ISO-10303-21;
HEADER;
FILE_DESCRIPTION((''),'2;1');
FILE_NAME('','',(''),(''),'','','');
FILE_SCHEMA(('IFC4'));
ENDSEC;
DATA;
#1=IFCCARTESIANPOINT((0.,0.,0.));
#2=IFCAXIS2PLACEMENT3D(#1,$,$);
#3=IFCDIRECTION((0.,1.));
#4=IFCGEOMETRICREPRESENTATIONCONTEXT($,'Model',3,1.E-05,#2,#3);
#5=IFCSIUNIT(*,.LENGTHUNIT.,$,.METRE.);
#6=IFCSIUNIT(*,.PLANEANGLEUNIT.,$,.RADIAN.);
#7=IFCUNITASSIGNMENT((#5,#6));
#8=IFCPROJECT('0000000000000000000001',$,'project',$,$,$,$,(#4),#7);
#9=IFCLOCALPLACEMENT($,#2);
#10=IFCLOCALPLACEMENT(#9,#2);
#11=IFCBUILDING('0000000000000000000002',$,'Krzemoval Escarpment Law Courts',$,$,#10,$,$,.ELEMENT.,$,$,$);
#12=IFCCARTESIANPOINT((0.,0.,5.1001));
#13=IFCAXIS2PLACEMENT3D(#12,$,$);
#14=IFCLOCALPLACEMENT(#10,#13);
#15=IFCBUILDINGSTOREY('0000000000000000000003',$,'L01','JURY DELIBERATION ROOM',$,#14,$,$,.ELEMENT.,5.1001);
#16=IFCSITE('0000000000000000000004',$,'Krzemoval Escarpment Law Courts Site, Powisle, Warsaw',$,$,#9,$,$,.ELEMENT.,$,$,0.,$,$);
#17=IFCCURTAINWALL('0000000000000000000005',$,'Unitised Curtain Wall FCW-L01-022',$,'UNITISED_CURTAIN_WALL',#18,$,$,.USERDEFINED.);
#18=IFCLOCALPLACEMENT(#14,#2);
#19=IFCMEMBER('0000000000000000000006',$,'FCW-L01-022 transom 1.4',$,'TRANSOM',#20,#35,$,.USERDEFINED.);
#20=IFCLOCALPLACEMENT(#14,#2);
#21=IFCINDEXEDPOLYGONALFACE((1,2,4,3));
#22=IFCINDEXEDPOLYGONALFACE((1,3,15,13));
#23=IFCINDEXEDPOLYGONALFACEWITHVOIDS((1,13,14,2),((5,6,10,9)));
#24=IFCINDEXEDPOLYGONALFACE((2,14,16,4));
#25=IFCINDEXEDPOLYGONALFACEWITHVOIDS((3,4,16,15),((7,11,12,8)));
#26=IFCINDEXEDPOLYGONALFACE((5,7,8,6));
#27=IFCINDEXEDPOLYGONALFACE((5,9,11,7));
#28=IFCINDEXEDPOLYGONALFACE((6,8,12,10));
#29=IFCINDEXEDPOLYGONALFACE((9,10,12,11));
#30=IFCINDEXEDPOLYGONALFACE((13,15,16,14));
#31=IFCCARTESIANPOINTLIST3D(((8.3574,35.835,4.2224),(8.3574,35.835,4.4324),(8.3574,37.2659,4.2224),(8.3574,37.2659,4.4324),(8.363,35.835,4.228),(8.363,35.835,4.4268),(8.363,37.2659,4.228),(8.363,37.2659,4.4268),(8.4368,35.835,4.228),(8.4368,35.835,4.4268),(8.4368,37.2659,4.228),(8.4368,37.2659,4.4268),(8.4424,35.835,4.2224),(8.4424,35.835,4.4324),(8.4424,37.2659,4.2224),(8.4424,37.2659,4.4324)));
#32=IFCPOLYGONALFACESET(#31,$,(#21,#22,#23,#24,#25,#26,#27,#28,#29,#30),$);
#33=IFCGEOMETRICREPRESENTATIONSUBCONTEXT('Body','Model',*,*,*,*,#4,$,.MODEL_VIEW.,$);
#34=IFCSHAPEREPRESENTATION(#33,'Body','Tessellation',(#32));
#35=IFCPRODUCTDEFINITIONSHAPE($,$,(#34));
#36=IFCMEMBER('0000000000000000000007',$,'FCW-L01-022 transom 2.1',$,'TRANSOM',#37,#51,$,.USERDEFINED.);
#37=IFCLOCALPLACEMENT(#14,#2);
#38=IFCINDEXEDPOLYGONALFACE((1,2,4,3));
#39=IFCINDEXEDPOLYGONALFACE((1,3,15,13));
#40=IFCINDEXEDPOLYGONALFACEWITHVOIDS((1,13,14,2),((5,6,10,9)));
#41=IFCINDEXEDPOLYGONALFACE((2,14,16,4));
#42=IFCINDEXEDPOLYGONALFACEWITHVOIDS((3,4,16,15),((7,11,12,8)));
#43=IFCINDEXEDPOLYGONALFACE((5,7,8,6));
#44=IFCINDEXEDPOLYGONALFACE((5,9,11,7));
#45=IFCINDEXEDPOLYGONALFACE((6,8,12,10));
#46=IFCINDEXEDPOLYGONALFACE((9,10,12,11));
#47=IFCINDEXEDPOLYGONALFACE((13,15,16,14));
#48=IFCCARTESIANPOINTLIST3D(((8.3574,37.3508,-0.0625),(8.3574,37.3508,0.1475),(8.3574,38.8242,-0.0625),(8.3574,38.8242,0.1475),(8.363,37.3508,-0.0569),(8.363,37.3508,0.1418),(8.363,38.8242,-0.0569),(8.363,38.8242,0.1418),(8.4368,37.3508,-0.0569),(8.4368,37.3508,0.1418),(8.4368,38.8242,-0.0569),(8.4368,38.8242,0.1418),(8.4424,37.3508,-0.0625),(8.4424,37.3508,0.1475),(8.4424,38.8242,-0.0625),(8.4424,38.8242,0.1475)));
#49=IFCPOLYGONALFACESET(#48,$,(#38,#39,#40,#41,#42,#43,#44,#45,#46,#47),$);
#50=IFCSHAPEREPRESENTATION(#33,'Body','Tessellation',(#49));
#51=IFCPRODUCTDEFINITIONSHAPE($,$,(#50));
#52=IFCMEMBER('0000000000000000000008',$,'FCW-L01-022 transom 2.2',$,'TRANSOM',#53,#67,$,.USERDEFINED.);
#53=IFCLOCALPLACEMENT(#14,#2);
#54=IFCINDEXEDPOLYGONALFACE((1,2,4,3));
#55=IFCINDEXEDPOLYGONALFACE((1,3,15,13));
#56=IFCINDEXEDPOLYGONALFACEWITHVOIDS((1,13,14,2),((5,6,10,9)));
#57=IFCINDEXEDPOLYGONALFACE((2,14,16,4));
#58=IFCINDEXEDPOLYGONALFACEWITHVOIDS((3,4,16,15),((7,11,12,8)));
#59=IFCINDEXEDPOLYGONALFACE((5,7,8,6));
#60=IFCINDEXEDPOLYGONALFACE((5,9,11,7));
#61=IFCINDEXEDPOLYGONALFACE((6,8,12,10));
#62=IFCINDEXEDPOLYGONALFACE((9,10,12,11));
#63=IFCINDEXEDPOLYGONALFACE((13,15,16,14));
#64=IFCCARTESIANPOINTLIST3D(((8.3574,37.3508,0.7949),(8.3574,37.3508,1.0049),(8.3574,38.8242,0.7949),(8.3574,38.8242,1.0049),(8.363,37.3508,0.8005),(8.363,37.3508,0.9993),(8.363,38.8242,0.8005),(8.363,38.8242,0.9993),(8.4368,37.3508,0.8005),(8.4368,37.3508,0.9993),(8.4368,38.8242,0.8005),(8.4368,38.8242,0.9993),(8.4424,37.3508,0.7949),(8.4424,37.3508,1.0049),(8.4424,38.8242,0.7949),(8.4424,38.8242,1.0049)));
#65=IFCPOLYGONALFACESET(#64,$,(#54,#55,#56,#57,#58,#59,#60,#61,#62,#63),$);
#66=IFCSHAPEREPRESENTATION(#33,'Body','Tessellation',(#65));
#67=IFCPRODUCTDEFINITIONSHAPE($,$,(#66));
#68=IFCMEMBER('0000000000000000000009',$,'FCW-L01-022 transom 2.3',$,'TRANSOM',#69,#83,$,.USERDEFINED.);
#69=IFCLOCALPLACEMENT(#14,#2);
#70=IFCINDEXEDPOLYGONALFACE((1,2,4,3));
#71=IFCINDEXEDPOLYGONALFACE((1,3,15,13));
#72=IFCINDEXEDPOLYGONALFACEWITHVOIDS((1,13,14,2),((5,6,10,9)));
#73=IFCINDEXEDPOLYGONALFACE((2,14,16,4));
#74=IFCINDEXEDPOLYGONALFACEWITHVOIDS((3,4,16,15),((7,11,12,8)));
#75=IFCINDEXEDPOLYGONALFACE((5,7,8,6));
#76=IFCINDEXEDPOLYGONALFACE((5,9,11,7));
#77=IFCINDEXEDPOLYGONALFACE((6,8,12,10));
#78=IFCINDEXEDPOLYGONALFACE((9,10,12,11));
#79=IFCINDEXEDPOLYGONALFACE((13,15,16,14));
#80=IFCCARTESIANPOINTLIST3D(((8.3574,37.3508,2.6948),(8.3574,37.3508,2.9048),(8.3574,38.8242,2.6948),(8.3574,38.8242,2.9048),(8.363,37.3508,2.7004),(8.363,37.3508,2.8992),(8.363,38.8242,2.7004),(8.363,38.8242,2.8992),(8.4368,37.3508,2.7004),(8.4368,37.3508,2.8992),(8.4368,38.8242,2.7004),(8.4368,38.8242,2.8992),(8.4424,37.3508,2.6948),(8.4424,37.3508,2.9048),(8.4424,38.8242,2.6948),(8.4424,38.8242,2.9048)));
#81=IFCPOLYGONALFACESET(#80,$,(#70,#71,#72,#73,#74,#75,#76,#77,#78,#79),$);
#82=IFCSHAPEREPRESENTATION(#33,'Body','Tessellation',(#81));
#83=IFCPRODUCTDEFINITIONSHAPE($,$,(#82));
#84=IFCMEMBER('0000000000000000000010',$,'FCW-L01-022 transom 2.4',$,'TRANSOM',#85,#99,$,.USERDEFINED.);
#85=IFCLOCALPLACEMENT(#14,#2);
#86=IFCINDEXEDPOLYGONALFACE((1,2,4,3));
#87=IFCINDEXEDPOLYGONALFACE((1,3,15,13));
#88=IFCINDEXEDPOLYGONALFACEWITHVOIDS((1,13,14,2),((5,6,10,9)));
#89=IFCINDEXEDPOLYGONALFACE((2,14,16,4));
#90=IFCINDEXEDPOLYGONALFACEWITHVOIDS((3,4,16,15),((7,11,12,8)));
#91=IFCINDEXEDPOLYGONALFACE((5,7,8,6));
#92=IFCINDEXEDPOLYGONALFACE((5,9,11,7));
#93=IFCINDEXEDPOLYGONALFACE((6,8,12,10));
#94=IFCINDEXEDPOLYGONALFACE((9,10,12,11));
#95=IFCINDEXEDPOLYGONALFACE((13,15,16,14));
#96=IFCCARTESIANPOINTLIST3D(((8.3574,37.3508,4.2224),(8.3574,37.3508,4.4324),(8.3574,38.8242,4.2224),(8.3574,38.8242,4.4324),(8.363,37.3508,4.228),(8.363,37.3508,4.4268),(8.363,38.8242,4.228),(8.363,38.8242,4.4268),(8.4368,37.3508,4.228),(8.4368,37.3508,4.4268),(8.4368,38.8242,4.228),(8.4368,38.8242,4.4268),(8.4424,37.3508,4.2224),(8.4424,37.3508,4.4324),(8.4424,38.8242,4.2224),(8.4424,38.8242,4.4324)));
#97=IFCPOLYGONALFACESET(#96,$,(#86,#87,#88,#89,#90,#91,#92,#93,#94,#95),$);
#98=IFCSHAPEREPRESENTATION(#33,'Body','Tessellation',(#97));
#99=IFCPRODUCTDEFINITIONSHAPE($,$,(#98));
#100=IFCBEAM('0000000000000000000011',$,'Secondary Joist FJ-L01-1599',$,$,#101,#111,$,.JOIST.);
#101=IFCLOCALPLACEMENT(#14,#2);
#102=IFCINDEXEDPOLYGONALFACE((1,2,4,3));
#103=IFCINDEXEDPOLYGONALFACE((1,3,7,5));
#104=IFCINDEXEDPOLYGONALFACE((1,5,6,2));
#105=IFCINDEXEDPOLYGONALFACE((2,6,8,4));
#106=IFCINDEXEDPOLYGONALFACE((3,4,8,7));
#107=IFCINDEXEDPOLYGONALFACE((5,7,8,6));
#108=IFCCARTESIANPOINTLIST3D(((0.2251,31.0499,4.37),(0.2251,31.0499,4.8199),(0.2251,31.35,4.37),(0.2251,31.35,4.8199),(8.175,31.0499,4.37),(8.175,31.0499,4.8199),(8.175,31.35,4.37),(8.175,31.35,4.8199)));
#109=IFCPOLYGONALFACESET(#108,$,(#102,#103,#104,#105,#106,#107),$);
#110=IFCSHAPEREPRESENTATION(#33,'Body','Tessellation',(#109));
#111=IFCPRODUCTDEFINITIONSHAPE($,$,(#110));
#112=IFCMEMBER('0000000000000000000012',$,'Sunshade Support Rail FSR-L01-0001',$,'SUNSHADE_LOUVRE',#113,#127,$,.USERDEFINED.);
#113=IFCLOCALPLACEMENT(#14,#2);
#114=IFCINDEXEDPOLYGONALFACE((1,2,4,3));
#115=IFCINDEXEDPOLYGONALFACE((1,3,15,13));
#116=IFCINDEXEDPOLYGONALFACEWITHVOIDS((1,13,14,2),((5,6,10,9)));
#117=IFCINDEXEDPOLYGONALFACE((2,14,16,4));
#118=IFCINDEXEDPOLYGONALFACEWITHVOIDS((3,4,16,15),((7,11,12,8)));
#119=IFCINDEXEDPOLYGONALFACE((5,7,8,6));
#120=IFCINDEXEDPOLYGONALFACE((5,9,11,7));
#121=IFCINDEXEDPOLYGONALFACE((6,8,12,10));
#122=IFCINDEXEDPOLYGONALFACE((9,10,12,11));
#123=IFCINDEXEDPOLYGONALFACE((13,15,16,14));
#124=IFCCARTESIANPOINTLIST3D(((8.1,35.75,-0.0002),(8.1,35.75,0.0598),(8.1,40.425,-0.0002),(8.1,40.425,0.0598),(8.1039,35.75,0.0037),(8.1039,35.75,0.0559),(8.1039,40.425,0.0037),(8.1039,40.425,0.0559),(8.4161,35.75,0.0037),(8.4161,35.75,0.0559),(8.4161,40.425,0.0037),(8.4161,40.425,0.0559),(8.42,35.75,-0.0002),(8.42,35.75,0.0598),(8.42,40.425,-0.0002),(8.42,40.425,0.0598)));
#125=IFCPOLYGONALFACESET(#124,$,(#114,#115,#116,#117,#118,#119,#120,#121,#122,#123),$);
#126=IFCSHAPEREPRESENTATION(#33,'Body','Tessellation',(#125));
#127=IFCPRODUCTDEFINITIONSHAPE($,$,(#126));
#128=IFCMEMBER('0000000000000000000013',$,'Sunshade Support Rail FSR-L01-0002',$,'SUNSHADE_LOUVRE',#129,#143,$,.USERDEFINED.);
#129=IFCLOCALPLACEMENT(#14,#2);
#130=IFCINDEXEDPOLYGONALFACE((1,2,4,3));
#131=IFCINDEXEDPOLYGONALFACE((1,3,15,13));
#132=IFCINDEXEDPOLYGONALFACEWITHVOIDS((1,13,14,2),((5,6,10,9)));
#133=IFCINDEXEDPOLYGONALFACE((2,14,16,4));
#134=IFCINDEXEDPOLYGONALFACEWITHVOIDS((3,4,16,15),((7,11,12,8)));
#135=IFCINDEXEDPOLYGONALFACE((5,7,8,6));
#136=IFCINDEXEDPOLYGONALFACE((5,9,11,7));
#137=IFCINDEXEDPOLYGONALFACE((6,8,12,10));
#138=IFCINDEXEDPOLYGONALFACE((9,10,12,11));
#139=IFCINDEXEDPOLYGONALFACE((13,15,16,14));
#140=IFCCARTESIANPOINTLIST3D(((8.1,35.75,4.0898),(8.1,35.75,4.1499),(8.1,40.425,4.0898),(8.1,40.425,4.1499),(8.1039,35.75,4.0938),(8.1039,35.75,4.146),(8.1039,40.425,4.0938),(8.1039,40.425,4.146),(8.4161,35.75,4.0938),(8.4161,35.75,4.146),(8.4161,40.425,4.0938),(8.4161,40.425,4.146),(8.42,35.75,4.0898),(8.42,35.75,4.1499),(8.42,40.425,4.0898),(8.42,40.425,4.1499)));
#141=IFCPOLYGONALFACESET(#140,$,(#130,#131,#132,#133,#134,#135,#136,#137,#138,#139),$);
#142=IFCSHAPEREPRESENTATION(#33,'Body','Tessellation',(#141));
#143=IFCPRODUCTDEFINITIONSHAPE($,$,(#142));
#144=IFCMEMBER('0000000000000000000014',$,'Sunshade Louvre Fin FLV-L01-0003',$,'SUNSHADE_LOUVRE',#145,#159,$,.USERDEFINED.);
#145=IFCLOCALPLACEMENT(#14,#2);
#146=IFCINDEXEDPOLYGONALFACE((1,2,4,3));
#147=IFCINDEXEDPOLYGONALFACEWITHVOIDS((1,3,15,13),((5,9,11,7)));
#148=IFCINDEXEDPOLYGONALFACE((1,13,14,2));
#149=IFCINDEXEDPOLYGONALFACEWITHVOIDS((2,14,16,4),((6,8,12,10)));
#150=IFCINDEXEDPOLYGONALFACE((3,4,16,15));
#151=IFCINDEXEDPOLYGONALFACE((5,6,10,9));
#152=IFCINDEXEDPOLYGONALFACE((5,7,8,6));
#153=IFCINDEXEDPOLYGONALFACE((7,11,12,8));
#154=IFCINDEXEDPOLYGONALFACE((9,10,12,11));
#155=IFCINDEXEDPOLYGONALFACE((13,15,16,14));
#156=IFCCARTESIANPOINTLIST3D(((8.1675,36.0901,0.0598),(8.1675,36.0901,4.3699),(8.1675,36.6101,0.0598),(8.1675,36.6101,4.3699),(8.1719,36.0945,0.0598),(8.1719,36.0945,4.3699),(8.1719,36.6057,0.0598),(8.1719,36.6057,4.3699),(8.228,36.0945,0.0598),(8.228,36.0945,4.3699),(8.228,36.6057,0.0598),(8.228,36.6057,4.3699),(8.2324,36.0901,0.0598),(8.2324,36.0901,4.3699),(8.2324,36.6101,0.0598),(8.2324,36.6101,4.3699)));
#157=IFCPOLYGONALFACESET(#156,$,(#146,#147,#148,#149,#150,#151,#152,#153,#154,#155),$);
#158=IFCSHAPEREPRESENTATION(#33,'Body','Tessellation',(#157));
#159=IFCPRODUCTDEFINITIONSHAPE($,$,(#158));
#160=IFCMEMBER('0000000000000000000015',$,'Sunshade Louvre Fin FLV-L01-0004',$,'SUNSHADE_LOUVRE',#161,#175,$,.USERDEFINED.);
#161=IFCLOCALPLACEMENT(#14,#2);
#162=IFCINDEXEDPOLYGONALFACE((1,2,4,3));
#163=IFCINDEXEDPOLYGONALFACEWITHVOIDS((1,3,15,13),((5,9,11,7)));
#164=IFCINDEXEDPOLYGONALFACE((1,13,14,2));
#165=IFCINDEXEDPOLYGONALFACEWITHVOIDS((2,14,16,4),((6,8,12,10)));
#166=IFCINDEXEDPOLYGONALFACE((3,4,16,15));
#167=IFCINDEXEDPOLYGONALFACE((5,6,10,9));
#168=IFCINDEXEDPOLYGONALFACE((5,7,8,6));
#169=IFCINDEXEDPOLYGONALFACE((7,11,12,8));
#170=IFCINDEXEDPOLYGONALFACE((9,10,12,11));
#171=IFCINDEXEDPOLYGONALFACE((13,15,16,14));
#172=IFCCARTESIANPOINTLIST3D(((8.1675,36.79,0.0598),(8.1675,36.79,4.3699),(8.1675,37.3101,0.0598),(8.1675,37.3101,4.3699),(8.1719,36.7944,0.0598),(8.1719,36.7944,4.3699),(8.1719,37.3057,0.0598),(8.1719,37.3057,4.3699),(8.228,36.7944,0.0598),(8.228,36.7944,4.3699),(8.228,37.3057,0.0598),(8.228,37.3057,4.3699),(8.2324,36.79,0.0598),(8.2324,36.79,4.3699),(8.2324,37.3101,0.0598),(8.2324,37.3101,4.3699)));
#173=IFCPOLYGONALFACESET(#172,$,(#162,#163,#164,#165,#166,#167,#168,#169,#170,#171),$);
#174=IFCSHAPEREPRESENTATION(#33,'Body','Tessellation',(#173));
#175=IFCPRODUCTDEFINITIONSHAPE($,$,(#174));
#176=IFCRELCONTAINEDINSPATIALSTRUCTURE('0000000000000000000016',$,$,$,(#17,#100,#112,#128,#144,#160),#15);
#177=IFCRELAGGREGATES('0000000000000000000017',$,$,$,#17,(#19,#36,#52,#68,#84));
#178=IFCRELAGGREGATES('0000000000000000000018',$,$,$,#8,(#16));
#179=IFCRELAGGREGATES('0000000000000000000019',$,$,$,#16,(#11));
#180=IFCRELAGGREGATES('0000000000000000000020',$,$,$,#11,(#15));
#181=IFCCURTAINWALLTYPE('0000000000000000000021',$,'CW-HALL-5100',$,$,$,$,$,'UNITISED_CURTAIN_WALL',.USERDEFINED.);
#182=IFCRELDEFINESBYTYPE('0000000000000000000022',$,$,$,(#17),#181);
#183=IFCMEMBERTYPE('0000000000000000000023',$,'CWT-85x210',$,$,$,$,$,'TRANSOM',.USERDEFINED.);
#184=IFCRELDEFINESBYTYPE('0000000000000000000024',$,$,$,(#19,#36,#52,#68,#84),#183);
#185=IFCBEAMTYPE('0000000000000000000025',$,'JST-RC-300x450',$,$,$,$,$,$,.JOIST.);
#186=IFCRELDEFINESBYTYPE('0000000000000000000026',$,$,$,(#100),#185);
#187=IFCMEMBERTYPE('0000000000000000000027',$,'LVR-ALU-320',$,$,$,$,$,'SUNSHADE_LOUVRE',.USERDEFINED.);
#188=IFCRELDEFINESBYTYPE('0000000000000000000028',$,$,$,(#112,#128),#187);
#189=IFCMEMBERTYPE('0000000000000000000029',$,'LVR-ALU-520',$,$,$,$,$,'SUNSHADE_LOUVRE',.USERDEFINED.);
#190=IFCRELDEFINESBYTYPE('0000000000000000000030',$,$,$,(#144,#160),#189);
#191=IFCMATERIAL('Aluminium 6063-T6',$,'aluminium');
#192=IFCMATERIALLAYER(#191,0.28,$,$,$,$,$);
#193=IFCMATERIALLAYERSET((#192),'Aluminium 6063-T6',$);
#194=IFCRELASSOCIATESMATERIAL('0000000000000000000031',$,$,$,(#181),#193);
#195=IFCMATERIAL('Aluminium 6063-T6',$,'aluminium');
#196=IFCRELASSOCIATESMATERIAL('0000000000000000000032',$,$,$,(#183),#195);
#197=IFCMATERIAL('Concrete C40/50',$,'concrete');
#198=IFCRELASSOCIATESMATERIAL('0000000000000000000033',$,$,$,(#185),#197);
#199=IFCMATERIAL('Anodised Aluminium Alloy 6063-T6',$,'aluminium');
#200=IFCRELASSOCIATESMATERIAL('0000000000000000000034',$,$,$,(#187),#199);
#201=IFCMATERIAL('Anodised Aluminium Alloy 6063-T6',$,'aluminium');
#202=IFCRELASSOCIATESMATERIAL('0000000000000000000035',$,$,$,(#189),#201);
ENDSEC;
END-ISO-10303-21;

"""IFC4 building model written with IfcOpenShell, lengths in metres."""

from ifc_helpers import new_model, si_unit, direction, frame, origin, origin_2d, place, context, subcontext, project, spatial, rectangle, hollow_rectangle, extrude, material, layer, layer_set, material_profile, profile_set, type_object, element, aggregate, save


model = new_model("IFC4")

# Units and contexts
model_context = context("Model", 3, precision=1e-05, world=origin(), true_north=direction((0.0, 1.0)))
body_context = subcontext(model_context, "Body", "Model", "MODEL_VIEW")
ifc_project = project(units=[si_unit("LENGTHUNIT", "METRE"), si_unit("PLANEANGLEUNIT", "RADIAN")], contexts=[model_context])

# Site, building, storey
site_placement = place(None, origin())
site = spatial("IfcSite", under=ifc_project, at=site_placement, Name="Krzemoval Escarpment Law Courts Site, Powisle, Warsaw", CompositionType="ELEMENT", RefElevation=0.0)
building_placement = place(site_placement, origin())
building = spatial("IfcBuilding", under=site, at=building_placement, Name="Krzemoval Escarpment Law Courts", CompositionType="ELEMENT")
storey_placement = place(building_placement, frame((0.0, 0.0, 5.1001)))
storey = spatial("IfcBuildingStorey", under=building, at=storey_placement, Name="L01", Description="JURY DELIBERATION ROOM", CompositionType="ELEMENT", Elevation=5.1001)

# Curtain wall, members
ifc_material_1 = material(Name="Aluminium 6063-T6", Category="aluminium")
ifc_layer_1 = layer(ifc_material_1, 0.28)
ifc_layer_set_1 = layer_set([ifc_layer_1], Name="Aluminium 6063-T6")
curtain_wall_type = type_object("IfcCurtainWallType", Name="CW-HALL-5100", ElementType="UNITISED_CURTAIN_WALL", PredefinedType="USERDEFINED", material=ifc_layer_set_1)
curtain_wall_placement = place(storey_placement, origin())
curtain_wall = element("IfcCurtainWall", 1, at=curtain_wall_placement, inside=storey, type_object=curtain_wall_type, Name="Unitised Curtain Wall FCW-L01-022", ObjectType="UNITISED_CURTAIN_WALL", PredefinedType="USERDEFINED")
ifc_material_2 = material(Name="Aluminium 6063-T6", Category="aluminium")
ifc_material_profile_1 = material_profile(ifc_material_2, hollow_rectangle(XDim=0.085, YDim=0.21, WallThickness=0.0056, at=origin_2d()), Name="ALU T85x210")
ifc_profile_set_1 = profile_set([ifc_material_profile_1], Name="Aluminium 6063-T6")
member_type_1 = type_object("IfcMemberType", Name="CWT-85x210", ElementType="TRANSOM", PredefinedType="USERDEFINED", material=ifc_profile_set_1)
member_1_placement = place(storey_placement, frame((8.3999, 35.835, 4.3274), z_axis=(0.0, 1.0, 0.0), x_axis=(-1.0, 0.0, 0.0)))
member_1 = element("IfcMember", 2, at=member_1_placement, type_object=member_type_1, Name="FCW-L01-022 transom 1.4", ObjectType="TRANSOM", PredefinedType="USERDEFINED", context=body_context, shape_type="SweptSolid", body=[
    extrude(hollow_rectangle(XDim=0.085, YDim=0.21, WallThickness=0.0056, at=origin_2d()), origin(), (0.0, 0.0, 1.0), 1.4309),
])
member_2_placement = place(storey_placement, frame((8.3999, 37.3508, 0.0425), z_axis=(0.0, 1.0, 0.0), x_axis=(-1.0, 0.0, 0.0)))
member_2 = element("IfcMember", 3, at=member_2_placement, type_object=member_type_1, Name="FCW-L01-022 transom 2.1", ObjectType="TRANSOM", PredefinedType="USERDEFINED", context=body_context, shape_type="SweptSolid", body=[
    extrude(hollow_rectangle(XDim=0.085, YDim=0.21, WallThickness=0.0056, at=origin_2d()), origin(), (0.0, 0.0, 1.0), 1.4734),
])
member_3_placement = place(storey_placement, frame((8.3999, 37.3508, 0.8999), z_axis=(0.0, 1.0, 0.0), x_axis=(-1.0, 0.0, 0.0)))
member_3 = element("IfcMember", 4, at=member_3_placement, type_object=member_type_1, Name="FCW-L01-022 transom 2.2", ObjectType="TRANSOM", PredefinedType="USERDEFINED", context=body_context, shape_type="SweptSolid", body=[
    extrude(hollow_rectangle(XDim=0.085, YDim=0.21, WallThickness=0.0056, at=origin_2d()), origin(), (0.0, 0.0, 1.0), 1.4734),
])
member_4_placement = place(storey_placement, frame((8.3999, 37.3508, 2.7998), z_axis=(0.0, 1.0, 0.0), x_axis=(-1.0, 0.0, 0.0)))
member_4 = element("IfcMember", 5, at=member_4_placement, type_object=member_type_1, Name="FCW-L01-022 transom 2.3", ObjectType="TRANSOM", PredefinedType="USERDEFINED", context=body_context, shape_type="SweptSolid", body=[
    extrude(hollow_rectangle(XDim=0.085, YDim=0.21, WallThickness=0.0056, at=origin_2d()), origin(), (0.0, 0.0, 1.0), 1.4734),
])
member_5_placement = place(storey_placement, frame((8.3999, 37.3508, 4.3274), z_axis=(0.0, 1.0, 0.0), x_axis=(-1.0, 0.0, 0.0)))
member_5 = element("IfcMember", 6, at=member_5_placement, type_object=member_type_1, Name="FCW-L01-022 transom 2.4", ObjectType="TRANSOM", PredefinedType="USERDEFINED", context=body_context, shape_type="SweptSolid", body=[
    extrude(hollow_rectangle(XDim=0.085, YDim=0.21, WallThickness=0.0056, at=origin_2d()), origin(), (0.0, 0.0, 1.0), 1.4734),
])

# Beam
ifc_material_3 = material(Name="Concrete C40/50", Category="concrete")
ifc_material_profile_2 = material_profile(ifc_material_3, rectangle(XDim=0.3, YDim=0.45, at=origin_2d()), Name="RCB 300x450")
ifc_profile_set_2 = profile_set([ifc_material_profile_2], Name="Concrete C40/50")
beam_type_1 = type_object("IfcBeamType", Name="JST-RC-300x450", PredefinedType="JOIST", material=ifc_profile_set_2)
beam_1_placement = place(storey_placement, frame((0.2251, 31.2, 4.595), z_axis=(1.0, 0.0, 0.0), x_axis=(0.0, 1.0, 0.0)))
element("IfcBeam", 7, at=beam_1_placement, inside=storey, type_object=beam_type_1, Name="Secondary Joist FJ-L01-1599", PredefinedType="JOIST", context=body_context, shape_type="SweptSolid", body=[
    extrude(rectangle(XDim=0.3, YDim=0.45, at=origin_2d()), origin(), (0.0, 0.0, 1.0), 7.95),
])

# Members
ifc_material_4 = material(Name="Anodised Aluminium Alloy 6063-T6", Category="aluminium")
ifc_material_profile_3 = material_profile(ifc_material_4, hollow_rectangle(XDim=0.0601, YDim=0.3201, WallThickness=0.0039, at=origin_2d()), Name="ALU LVR 60x320")
ifc_profile_set_3 = profile_set([ifc_material_profile_3], Name="Anodised Aluminium Alloy 6063-T6")
member_type_2 = type_object("IfcMemberType", Name="LVR-ALU-320", ElementType="SUNSHADE_LOUVRE", PredefinedType="USERDEFINED", material=ifc_profile_set_3)
for number, where, z_axis, x_axis, name in (
    (8, (8.26, 35.75, 0.0298), (0.0, 1.0, 0.0), (0.0, 0.0, 1.0), "Sunshade Support Rail FSR-L01-0001"),
    (9, (8.26, 35.75, 4.1199), (0.0, 1.0, 0.0), (0.0, 0.0, 1.0), "Sunshade Support Rail FSR-L01-0002"),
):
    element("IfcMember", number, at=place(storey_placement, frame(where, z_axis=z_axis, x_axis=x_axis)), inside=storey, type_object=member_type_2, Name=name, ObjectType="SUNSHADE_LOUVRE", PredefinedType="USERDEFINED", context=body_context, shape_type="SweptSolid", body=[
        extrude(hollow_rectangle(XDim=0.0601, YDim=0.3201, WallThickness=0.0039, at=origin_2d()), origin(), (0.0, 0.0, 1.0), 4.675),
    ])
ifc_material_5 = material(Name="Anodised Aluminium Alloy 6063-T6", Category="aluminium")
ifc_material_profile_4 = material_profile(ifc_material_5, hollow_rectangle(XDim=0.0649, YDim=0.52, WallThickness=0.0044, at=origin_2d()), Name="ALU LVR 65x520")
ifc_profile_set_4 = profile_set([ifc_material_profile_4], Name="Anodised Aluminium Alloy 6063-T6")
member_type_3 = type_object("IfcMemberType", Name="LVR-ALU-520", ElementType="SUNSHADE_LOUVRE", PredefinedType="USERDEFINED", material=ifc_profile_set_4)
for number, where, z_axis, x_axis, name in (
    (10, (8.2, 36.3501, 0.0598), (0.0, 0.0, 1.0), (1.0, 0.0, 0.0), "Sunshade Louvre Fin FLV-L01-0003"),
    (11, (8.2, 37.05, 0.0598), (0.0, 0.0, 1.0), (1.0, 0.0, 0.0), "Sunshade Louvre Fin FLV-L01-0004"),
):
    element("IfcMember", number, at=place(storey_placement, frame(where, z_axis=z_axis, x_axis=x_axis)), inside=storey, type_object=member_type_3, Name=name, ObjectType="SUNSHADE_LOUVRE", PredefinedType="USERDEFINED", context=body_context, shape_type="SweptSolid", body=[
        extrude(hollow_rectangle(XDim=0.0649, YDim=0.52, WallThickness=0.0044, at=origin_2d()), origin(), (0.0, 0.0, 1.0), 4.3101),
    ])

aggregate(curtain_wall, [member_1, member_2, member_3, member_4, member_5])

save(model, "model.ifc")
